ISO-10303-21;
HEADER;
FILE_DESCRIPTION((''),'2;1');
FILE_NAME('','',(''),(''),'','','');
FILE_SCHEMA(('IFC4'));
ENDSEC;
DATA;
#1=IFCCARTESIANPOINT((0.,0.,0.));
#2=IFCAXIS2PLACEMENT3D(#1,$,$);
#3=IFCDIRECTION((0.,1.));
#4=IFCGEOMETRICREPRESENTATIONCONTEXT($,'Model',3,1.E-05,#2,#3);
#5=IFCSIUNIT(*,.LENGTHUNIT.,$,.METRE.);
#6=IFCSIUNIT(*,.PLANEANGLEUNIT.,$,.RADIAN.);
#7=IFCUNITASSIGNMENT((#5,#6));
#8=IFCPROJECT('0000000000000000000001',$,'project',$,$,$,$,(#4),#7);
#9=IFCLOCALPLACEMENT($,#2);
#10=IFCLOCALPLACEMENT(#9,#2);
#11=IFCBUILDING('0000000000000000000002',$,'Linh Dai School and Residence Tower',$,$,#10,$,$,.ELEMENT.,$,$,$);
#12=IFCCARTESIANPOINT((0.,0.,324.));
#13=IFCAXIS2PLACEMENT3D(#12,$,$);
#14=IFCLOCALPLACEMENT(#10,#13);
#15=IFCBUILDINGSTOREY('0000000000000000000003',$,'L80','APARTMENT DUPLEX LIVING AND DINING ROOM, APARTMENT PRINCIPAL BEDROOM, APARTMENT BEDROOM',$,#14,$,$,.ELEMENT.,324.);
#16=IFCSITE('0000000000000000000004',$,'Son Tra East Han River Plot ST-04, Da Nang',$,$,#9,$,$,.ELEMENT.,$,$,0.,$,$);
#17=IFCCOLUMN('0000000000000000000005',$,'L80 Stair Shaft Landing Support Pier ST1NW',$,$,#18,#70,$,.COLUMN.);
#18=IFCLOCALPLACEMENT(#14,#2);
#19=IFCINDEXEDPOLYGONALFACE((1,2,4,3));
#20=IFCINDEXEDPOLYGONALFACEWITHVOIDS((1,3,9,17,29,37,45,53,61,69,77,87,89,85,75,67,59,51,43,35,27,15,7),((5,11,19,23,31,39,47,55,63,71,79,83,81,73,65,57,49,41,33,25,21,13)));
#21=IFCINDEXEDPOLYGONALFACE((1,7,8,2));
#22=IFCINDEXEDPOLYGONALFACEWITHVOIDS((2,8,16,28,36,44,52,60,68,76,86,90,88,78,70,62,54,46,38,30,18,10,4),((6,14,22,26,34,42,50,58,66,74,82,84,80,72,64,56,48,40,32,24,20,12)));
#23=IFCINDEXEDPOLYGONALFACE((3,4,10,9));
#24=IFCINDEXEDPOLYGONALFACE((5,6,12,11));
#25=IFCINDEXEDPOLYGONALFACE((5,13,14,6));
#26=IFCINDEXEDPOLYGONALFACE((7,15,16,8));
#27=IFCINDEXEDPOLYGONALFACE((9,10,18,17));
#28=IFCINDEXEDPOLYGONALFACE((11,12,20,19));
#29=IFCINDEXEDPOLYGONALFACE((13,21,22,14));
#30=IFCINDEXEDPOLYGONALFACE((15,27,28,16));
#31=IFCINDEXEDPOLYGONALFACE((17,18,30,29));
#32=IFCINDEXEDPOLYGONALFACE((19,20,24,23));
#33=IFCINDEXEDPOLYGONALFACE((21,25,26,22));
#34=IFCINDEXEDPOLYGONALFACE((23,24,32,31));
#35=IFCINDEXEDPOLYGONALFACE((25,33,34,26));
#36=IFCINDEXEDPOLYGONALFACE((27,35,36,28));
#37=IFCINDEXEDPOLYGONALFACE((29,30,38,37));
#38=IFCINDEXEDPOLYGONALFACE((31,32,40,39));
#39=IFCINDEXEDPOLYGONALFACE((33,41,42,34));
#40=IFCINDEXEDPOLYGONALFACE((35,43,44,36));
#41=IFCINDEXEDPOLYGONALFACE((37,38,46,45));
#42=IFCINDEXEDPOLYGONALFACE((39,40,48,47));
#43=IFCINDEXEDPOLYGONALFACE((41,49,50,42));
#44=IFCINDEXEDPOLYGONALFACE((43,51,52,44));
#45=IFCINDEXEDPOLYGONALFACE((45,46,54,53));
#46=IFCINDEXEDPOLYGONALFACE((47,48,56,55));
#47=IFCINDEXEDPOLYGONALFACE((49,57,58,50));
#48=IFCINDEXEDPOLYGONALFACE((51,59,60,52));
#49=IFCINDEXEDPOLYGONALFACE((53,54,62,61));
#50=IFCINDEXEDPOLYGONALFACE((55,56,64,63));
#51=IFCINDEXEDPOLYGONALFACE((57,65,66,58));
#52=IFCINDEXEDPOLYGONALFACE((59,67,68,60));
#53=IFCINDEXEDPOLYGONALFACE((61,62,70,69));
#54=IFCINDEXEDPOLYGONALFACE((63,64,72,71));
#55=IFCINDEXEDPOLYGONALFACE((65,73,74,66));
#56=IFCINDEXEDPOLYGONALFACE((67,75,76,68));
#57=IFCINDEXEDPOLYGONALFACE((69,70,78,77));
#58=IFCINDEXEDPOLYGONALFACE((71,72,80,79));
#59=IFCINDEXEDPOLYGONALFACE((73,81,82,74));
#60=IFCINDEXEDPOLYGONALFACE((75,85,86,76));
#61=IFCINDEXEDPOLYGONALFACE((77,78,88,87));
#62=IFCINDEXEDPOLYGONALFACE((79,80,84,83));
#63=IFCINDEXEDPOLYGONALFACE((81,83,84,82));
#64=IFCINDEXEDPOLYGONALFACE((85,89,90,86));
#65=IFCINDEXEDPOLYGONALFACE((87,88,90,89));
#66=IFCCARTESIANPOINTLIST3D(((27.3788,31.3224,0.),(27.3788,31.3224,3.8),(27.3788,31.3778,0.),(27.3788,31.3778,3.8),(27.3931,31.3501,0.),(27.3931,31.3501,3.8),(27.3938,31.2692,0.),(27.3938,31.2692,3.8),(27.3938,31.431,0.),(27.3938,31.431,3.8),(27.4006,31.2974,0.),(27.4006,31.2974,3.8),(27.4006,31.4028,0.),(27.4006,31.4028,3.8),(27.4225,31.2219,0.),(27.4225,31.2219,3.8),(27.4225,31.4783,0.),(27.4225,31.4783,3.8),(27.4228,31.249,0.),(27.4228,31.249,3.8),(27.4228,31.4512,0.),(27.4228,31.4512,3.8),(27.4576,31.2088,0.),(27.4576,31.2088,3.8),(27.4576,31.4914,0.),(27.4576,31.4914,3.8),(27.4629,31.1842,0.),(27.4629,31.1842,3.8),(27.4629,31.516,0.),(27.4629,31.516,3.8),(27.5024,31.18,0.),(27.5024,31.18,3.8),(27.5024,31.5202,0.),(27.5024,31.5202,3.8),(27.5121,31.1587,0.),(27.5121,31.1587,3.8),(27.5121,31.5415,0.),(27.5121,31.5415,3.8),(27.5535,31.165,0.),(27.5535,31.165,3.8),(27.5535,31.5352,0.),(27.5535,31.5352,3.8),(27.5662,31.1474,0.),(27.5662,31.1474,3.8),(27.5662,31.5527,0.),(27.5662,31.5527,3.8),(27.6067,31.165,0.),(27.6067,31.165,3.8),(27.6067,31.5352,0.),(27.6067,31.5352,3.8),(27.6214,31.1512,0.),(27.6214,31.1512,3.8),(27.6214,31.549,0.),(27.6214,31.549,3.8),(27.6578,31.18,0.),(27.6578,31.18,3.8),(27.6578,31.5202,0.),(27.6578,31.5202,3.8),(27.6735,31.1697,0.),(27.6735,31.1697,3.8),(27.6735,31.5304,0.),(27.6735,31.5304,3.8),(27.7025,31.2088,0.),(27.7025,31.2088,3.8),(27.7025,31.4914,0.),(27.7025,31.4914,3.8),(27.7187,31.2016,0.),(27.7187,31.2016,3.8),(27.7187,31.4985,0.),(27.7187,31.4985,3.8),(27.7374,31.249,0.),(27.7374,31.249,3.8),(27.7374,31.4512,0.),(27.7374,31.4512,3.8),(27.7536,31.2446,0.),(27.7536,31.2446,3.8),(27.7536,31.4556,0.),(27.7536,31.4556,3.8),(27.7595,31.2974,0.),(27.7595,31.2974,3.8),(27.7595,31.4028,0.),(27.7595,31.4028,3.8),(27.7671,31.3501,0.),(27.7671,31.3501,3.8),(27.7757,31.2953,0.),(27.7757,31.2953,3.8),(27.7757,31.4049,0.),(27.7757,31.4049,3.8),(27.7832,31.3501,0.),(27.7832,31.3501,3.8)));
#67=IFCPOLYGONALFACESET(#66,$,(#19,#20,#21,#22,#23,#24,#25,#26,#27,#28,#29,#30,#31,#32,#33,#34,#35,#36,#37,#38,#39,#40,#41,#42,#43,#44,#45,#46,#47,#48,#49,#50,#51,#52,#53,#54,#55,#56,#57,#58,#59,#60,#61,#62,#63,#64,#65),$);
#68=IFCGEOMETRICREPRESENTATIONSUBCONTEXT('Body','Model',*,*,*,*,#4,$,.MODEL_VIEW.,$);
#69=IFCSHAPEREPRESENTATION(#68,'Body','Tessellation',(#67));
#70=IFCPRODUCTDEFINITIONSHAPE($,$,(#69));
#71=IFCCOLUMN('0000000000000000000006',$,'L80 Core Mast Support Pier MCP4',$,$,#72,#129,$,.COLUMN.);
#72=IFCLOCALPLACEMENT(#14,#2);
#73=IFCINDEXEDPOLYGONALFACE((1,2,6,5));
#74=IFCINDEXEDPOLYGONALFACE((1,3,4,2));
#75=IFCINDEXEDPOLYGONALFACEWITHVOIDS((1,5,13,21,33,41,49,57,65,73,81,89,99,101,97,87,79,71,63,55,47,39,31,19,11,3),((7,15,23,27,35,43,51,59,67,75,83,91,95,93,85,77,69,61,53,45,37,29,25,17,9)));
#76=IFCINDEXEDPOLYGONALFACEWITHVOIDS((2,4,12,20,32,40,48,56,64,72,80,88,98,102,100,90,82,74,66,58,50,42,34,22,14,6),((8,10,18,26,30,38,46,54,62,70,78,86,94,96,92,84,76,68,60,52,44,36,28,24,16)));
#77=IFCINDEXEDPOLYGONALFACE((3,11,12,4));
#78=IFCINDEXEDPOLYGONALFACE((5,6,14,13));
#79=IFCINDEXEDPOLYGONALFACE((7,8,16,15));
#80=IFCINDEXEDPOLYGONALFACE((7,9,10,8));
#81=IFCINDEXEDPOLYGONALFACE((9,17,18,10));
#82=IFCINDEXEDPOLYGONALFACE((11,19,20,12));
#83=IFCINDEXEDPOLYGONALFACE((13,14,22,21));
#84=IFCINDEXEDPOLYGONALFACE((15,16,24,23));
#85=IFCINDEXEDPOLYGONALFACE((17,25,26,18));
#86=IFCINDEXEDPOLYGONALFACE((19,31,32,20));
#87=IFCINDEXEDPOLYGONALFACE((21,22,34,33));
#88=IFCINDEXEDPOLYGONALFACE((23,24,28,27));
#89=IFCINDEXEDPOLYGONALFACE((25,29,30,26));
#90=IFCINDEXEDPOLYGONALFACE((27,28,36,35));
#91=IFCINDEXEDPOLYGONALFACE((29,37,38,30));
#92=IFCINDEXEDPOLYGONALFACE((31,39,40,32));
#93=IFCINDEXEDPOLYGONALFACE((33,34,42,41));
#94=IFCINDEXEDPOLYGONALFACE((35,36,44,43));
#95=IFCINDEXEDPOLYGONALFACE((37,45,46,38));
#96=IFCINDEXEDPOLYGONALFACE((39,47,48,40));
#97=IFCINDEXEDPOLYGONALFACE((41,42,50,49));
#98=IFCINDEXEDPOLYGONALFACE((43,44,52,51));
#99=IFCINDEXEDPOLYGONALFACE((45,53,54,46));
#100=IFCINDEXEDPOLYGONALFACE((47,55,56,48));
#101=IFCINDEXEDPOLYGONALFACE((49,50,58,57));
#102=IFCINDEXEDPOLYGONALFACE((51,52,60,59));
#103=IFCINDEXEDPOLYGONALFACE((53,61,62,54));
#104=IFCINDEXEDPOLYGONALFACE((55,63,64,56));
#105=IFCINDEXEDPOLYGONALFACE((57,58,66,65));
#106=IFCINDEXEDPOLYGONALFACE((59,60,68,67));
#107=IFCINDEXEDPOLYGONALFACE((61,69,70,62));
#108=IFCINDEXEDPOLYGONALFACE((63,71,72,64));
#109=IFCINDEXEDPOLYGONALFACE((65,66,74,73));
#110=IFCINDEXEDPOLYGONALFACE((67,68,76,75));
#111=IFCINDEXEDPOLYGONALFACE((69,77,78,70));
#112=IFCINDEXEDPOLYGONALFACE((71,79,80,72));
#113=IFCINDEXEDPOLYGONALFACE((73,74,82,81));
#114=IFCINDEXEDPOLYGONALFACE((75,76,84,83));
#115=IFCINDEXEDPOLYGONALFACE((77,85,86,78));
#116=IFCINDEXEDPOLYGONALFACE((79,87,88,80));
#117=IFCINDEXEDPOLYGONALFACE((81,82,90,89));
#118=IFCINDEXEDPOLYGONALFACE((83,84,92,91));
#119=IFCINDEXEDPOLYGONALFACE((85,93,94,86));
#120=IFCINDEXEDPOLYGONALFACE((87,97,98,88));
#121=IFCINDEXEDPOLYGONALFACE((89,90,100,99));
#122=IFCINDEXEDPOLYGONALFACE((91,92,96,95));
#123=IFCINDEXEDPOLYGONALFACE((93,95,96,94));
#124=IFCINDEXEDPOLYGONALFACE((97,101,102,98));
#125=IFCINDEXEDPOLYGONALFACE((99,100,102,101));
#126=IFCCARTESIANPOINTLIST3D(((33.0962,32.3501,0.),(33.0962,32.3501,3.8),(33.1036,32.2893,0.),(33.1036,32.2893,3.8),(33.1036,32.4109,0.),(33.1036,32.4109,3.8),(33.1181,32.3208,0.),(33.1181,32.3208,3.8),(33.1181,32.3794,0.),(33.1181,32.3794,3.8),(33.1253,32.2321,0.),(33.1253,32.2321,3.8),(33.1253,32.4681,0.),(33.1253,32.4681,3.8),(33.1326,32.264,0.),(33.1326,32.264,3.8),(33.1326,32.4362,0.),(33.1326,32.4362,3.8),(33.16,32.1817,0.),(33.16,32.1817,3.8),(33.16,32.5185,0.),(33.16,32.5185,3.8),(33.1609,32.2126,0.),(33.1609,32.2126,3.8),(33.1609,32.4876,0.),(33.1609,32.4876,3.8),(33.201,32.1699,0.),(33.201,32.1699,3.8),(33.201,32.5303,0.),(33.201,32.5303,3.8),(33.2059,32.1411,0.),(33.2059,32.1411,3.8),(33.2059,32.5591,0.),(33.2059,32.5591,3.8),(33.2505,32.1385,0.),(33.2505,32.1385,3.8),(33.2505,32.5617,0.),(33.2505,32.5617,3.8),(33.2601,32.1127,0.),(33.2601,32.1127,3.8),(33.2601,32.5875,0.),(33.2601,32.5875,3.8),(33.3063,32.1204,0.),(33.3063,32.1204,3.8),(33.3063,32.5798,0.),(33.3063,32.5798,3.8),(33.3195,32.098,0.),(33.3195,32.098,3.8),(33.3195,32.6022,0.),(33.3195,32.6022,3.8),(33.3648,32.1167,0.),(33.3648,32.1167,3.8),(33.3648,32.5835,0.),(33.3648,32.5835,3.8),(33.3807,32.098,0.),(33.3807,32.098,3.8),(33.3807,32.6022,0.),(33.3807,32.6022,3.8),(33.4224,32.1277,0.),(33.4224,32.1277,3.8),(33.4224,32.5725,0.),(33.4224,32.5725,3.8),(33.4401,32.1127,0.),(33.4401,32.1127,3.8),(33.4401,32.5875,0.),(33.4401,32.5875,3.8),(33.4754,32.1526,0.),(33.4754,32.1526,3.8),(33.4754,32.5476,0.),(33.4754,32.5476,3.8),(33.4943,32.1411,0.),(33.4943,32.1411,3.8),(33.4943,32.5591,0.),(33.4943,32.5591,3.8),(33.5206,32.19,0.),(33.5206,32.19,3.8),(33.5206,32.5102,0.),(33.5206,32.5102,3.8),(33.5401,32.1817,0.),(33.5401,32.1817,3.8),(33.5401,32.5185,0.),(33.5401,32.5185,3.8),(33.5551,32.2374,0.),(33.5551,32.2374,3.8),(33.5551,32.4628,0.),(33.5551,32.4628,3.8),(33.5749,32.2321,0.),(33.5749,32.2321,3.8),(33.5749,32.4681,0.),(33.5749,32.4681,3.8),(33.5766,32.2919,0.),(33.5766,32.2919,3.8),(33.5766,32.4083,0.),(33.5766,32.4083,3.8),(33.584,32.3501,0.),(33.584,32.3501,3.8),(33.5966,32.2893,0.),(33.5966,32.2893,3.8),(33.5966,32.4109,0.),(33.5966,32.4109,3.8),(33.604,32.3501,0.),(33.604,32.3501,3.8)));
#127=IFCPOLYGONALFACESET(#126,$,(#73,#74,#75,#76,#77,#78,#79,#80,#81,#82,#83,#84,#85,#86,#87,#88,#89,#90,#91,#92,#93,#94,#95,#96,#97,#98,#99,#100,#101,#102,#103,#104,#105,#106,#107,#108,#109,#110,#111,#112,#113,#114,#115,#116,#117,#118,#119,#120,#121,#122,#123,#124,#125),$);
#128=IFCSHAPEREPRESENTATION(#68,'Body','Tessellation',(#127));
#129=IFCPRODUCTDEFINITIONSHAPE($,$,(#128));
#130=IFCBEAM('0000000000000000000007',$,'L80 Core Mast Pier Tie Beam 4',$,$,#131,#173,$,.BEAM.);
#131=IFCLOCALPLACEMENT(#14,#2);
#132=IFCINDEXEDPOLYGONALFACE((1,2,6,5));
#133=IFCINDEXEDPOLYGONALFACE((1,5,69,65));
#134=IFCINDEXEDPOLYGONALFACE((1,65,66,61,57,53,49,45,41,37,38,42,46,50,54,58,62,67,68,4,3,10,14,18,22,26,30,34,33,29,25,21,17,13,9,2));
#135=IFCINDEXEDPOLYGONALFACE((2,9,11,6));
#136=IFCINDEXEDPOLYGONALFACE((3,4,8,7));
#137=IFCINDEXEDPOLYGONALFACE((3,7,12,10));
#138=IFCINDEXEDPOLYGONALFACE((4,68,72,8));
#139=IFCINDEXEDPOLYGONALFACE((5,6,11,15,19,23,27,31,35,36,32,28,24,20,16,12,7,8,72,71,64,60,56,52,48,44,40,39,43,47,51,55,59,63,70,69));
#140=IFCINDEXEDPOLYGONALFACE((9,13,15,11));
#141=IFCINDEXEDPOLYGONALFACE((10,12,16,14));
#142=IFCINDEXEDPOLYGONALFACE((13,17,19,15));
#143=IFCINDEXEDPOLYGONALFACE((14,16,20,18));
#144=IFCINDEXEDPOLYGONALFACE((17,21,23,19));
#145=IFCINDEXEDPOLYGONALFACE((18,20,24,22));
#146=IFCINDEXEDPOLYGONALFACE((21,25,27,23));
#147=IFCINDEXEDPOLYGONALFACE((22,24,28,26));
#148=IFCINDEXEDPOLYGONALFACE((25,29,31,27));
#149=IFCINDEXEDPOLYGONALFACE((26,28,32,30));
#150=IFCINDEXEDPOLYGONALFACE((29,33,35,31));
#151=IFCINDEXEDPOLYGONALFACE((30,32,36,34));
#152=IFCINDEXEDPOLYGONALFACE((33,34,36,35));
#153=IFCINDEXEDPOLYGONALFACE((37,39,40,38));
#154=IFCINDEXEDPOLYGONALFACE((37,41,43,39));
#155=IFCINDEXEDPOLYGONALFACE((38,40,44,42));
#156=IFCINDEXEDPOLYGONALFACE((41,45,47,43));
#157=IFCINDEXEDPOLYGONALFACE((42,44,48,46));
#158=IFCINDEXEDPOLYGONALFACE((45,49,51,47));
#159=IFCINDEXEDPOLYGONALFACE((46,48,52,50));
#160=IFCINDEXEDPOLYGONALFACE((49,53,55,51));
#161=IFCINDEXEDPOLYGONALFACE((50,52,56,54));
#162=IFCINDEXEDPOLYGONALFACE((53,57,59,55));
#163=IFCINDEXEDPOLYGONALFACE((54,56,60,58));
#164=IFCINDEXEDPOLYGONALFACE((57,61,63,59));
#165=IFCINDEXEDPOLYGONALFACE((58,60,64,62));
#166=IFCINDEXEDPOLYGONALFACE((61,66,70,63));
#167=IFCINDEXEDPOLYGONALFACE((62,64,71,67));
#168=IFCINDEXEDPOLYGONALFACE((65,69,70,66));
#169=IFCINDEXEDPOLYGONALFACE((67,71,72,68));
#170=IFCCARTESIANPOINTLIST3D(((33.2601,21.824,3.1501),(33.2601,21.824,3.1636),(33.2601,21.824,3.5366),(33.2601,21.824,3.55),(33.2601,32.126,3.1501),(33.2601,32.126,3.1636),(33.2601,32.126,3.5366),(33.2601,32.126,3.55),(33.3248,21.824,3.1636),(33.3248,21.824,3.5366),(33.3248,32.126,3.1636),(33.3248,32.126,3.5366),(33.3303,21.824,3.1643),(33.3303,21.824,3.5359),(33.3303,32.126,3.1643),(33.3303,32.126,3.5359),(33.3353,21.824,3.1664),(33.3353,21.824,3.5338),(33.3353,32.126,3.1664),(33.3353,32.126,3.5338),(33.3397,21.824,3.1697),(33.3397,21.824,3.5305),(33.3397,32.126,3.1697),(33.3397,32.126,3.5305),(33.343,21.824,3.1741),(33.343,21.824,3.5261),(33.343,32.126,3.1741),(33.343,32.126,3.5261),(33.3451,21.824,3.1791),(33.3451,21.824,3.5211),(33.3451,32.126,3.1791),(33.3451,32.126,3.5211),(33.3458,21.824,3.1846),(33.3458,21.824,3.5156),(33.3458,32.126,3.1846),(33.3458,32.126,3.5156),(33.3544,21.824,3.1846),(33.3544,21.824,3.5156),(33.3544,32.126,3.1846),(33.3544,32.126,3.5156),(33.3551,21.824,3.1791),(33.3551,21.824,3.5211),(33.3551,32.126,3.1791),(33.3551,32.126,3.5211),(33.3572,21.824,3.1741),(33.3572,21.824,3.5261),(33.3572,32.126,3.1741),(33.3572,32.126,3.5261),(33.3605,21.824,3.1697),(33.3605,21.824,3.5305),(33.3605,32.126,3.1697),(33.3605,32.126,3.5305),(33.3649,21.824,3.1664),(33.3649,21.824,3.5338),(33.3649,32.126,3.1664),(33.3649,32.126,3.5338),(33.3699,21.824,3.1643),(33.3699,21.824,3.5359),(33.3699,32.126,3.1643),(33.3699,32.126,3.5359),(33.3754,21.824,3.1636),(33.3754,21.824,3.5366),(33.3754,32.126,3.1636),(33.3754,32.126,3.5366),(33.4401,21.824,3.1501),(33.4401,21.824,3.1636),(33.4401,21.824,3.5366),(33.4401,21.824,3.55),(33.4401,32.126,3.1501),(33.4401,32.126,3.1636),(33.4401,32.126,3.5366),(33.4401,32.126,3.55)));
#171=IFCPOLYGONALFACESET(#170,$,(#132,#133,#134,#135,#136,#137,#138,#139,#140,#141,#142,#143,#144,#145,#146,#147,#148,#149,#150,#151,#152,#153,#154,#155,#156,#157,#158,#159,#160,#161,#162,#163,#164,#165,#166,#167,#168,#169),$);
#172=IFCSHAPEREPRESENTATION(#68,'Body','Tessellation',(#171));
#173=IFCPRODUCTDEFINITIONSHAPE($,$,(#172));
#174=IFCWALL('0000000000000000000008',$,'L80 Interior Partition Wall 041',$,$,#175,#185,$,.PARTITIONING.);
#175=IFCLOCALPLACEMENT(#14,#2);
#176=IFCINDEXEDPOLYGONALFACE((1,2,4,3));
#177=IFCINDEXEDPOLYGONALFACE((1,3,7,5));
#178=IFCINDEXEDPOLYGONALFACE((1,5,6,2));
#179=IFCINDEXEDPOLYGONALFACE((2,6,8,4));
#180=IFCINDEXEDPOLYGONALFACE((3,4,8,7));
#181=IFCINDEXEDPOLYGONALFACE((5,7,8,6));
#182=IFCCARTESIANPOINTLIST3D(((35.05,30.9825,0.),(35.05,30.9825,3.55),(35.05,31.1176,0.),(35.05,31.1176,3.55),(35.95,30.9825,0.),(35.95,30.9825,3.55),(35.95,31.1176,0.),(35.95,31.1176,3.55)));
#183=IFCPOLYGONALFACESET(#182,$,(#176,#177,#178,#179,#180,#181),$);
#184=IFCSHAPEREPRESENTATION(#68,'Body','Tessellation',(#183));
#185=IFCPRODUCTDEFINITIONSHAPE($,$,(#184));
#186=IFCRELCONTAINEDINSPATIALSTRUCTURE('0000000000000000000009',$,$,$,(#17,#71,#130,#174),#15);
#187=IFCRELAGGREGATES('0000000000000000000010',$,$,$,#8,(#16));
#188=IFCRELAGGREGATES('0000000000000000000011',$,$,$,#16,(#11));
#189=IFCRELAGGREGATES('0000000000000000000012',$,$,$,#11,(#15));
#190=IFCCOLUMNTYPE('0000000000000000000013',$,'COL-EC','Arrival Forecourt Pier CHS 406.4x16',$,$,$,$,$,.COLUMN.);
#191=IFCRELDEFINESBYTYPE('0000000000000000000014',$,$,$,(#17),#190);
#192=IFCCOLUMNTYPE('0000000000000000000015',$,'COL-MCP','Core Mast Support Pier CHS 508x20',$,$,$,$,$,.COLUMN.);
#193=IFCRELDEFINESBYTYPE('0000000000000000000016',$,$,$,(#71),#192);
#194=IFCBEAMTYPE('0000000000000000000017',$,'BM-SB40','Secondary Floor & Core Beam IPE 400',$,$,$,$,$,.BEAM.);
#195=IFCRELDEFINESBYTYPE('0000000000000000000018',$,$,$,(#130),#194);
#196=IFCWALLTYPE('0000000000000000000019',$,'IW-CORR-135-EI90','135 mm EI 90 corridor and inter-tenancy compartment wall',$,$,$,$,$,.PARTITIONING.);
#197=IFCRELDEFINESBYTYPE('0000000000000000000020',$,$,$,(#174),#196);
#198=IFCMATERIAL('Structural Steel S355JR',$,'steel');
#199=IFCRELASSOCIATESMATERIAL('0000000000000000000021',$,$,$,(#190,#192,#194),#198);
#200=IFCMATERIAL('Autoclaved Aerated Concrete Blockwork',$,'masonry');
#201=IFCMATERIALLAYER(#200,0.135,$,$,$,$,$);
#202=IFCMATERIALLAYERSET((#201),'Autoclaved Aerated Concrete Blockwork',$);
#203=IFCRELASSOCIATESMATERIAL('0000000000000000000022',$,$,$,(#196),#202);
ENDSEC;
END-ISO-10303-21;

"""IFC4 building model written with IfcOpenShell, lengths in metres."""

from ifc_helpers import new_model, si_unit, direction, frame, frame_2d, origin, origin_2d, place, context, subcontext, project, spatial, rectangle, hollow_circle, i_section, extrude, material, layer, layer_set, material_profile, profile_set, type_object, element, save


model = new_model("IFC4")

# Units and contexts
model_context = context("Model", 3, precision=1e-05, world=origin(), true_north=direction((0.0, 1.0)))
body_context = subcontext(model_context, "Body", "Model", "MODEL_VIEW")
ifc_project = project(units=[si_unit("LENGTHUNIT", "METRE"), si_unit("PLANEANGLEUNIT", "RADIAN")], contexts=[model_context])

# Site, building, storey
site_placement = place(None, origin())
site = spatial("IfcSite", under=ifc_project, at=site_placement, Name="Son Tra East Han River Plot ST-04, Da Nang", CompositionType="ELEMENT", RefElevation=0.0)
building_placement = place(site_placement, origin())
building = spatial("IfcBuilding", under=site, at=building_placement, Name="Linh Dai School and Residence Tower", CompositionType="ELEMENT")
storey_placement = place(building_placement, frame((0.0, 0.0, 324.0)))
storey = spatial("IfcBuildingStorey", under=building, at=storey_placement, Name="L80", Description="APARTMENT DUPLEX LIVING AND DINING ROOM, APARTMENT PRINCIPAL BEDROOM, APARTMENT BEDROOM", CompositionType="ELEMENT", Elevation=324.0)

# Columns
ifc_material_1 = material(Name="Structural Steel S355JR", Category="steel")
ifc_material_profile_1 = material_profile(ifc_material_1, hollow_circle(Radius=0.2031, WallThickness=0.0161, at=origin_2d()), Name="CHS 406.4x16")
ifc_profile_set_1 = profile_set([ifc_material_profile_1], Name="Structural Steel S355JR")
column_type_1 = type_object("IfcColumnType", Name="COL-EC", Description="Arrival Forecourt Pier CHS 406.4x16", PredefinedType="COLUMN", material=ifc_profile_set_1)
column_1_placement = place(storey_placement, frame((27.5801, 31.3501, 0.0), z_axis=(0.0, 0.0, 1.0), x_axis=(1.0, 0.0, 0.0)))
element("IfcColumn", 1, at=column_1_placement, inside=storey, type_object=column_type_1, Name="L80 Stair Shaft Landing Support Pier ST1NW", PredefinedType="COLUMN", context=body_context, shape_type="SweptSolid", body=[
    extrude(hollow_circle(Radius=0.2031, WallThickness=0.0161, at=origin_2d()), origin(), (0.0, 0.0, 1.0), 3.8),
])
ifc_material_profile_2 = material_profile(ifc_material_1, hollow_circle(Radius=0.2539, WallThickness=0.02, at=origin_2d()), Name="CHS 508x20")
ifc_profile_set_2 = profile_set([ifc_material_profile_2], Name="Structural Steel S355JR")
column_type_2 = type_object("IfcColumnType", Name="COL-MCP", Description="Core Mast Support Pier CHS 508x20", PredefinedType="COLUMN", material=ifc_profile_set_2)
column_2_placement = place(storey_placement, frame((33.3501, 32.3501, 0.0), z_axis=(0.0, 0.0, 1.0), x_axis=(1.0, 0.0, 0.0)))
element("IfcColumn", 2, at=column_2_placement, inside=storey, type_object=column_type_2, Name="L80 Core Mast Support Pier MCP4", PredefinedType="COLUMN", context=body_context, shape_type="SweptSolid", body=[
    extrude(hollow_circle(Radius=0.2539, WallThickness=0.02, at=origin_2d()), origin(), (0.0, 0.0, 1.0), 3.8),
])

# Beam
ifc_material_profile_3 = material_profile(ifc_material_1, i_section(OverallWidth=0.1799, OverallDepth=0.3999, WebThickness=0.0085, FlangeThickness=0.0134, FilletRadius=0.021, at=origin_2d()), Name="IPE 400")
ifc_profile_set_3 = profile_set([ifc_material_profile_3], Name="Structural Steel S355JR")
beam_type = type_object("IfcBeamType", Name="BM-SB40", Description="Secondary Floor & Core Beam IPE 400", PredefinedType="BEAM", material=ifc_profile_set_3)
beam_placement = place(storey_placement, frame((33.3501, 32.126, 3.3501), z_axis=(0.0, -1.0, 0.0), x_axis=(1.0, 0.0, 0.0)))
element("IfcBeam", 3, at=beam_placement, inside=storey, type_object=beam_type, Name="L80 Core Mast Pier Tie Beam 4", PredefinedType="BEAM", context=body_context, shape_type="SweptSolid", body=[
    extrude(i_section(OverallWidth=0.1799, OverallDepth=0.3999, WebThickness=0.0085, FlangeThickness=0.0134, FilletRadius=0.021, at=origin_2d()), origin(), (0.0, 0.0, 1.0), 10.302),
])

# Shared definitions
ifc_material_2 = material(Name="Autoclaved Aerated Concrete Blockwork", Category="masonry")
ifc_layer_1 = layer(ifc_material_2, 0.135)
ifc_layer_set_1 = layer_set([ifc_layer_1], Name="Autoclaved Aerated Concrete Blockwork")
wall_type_1 = type_object("IfcWallType", Name="IW-CORR-135-EI90", Description="135 mm EI 90 corridor and inter-tenancy compartment wall", PredefinedType="PARTITIONING", material=ifc_layer_set_1)

# Wall
wall_1_placement = place(storey_placement, frame((35.05, 31.05, 0.0), z_axis=(0.0, 0.0, 1.0), x_axis=(1.0, 0.0, 0.0)))
element("IfcWall", 4, at=wall_1_placement, inside=storey, type_object=wall_type_1, Name="L80 Interior Partition Wall 041", PredefinedType="PARTITIONING", context=body_context, shape_type="SweptSolid", body=[
    extrude(rectangle(XDim=0.8999, YDim=0.135, at=frame_2d((0.45, 0.0))), origin(), (0.0, 0.0, 1.0), 3.55),
])

save(model, "model.ifc")
